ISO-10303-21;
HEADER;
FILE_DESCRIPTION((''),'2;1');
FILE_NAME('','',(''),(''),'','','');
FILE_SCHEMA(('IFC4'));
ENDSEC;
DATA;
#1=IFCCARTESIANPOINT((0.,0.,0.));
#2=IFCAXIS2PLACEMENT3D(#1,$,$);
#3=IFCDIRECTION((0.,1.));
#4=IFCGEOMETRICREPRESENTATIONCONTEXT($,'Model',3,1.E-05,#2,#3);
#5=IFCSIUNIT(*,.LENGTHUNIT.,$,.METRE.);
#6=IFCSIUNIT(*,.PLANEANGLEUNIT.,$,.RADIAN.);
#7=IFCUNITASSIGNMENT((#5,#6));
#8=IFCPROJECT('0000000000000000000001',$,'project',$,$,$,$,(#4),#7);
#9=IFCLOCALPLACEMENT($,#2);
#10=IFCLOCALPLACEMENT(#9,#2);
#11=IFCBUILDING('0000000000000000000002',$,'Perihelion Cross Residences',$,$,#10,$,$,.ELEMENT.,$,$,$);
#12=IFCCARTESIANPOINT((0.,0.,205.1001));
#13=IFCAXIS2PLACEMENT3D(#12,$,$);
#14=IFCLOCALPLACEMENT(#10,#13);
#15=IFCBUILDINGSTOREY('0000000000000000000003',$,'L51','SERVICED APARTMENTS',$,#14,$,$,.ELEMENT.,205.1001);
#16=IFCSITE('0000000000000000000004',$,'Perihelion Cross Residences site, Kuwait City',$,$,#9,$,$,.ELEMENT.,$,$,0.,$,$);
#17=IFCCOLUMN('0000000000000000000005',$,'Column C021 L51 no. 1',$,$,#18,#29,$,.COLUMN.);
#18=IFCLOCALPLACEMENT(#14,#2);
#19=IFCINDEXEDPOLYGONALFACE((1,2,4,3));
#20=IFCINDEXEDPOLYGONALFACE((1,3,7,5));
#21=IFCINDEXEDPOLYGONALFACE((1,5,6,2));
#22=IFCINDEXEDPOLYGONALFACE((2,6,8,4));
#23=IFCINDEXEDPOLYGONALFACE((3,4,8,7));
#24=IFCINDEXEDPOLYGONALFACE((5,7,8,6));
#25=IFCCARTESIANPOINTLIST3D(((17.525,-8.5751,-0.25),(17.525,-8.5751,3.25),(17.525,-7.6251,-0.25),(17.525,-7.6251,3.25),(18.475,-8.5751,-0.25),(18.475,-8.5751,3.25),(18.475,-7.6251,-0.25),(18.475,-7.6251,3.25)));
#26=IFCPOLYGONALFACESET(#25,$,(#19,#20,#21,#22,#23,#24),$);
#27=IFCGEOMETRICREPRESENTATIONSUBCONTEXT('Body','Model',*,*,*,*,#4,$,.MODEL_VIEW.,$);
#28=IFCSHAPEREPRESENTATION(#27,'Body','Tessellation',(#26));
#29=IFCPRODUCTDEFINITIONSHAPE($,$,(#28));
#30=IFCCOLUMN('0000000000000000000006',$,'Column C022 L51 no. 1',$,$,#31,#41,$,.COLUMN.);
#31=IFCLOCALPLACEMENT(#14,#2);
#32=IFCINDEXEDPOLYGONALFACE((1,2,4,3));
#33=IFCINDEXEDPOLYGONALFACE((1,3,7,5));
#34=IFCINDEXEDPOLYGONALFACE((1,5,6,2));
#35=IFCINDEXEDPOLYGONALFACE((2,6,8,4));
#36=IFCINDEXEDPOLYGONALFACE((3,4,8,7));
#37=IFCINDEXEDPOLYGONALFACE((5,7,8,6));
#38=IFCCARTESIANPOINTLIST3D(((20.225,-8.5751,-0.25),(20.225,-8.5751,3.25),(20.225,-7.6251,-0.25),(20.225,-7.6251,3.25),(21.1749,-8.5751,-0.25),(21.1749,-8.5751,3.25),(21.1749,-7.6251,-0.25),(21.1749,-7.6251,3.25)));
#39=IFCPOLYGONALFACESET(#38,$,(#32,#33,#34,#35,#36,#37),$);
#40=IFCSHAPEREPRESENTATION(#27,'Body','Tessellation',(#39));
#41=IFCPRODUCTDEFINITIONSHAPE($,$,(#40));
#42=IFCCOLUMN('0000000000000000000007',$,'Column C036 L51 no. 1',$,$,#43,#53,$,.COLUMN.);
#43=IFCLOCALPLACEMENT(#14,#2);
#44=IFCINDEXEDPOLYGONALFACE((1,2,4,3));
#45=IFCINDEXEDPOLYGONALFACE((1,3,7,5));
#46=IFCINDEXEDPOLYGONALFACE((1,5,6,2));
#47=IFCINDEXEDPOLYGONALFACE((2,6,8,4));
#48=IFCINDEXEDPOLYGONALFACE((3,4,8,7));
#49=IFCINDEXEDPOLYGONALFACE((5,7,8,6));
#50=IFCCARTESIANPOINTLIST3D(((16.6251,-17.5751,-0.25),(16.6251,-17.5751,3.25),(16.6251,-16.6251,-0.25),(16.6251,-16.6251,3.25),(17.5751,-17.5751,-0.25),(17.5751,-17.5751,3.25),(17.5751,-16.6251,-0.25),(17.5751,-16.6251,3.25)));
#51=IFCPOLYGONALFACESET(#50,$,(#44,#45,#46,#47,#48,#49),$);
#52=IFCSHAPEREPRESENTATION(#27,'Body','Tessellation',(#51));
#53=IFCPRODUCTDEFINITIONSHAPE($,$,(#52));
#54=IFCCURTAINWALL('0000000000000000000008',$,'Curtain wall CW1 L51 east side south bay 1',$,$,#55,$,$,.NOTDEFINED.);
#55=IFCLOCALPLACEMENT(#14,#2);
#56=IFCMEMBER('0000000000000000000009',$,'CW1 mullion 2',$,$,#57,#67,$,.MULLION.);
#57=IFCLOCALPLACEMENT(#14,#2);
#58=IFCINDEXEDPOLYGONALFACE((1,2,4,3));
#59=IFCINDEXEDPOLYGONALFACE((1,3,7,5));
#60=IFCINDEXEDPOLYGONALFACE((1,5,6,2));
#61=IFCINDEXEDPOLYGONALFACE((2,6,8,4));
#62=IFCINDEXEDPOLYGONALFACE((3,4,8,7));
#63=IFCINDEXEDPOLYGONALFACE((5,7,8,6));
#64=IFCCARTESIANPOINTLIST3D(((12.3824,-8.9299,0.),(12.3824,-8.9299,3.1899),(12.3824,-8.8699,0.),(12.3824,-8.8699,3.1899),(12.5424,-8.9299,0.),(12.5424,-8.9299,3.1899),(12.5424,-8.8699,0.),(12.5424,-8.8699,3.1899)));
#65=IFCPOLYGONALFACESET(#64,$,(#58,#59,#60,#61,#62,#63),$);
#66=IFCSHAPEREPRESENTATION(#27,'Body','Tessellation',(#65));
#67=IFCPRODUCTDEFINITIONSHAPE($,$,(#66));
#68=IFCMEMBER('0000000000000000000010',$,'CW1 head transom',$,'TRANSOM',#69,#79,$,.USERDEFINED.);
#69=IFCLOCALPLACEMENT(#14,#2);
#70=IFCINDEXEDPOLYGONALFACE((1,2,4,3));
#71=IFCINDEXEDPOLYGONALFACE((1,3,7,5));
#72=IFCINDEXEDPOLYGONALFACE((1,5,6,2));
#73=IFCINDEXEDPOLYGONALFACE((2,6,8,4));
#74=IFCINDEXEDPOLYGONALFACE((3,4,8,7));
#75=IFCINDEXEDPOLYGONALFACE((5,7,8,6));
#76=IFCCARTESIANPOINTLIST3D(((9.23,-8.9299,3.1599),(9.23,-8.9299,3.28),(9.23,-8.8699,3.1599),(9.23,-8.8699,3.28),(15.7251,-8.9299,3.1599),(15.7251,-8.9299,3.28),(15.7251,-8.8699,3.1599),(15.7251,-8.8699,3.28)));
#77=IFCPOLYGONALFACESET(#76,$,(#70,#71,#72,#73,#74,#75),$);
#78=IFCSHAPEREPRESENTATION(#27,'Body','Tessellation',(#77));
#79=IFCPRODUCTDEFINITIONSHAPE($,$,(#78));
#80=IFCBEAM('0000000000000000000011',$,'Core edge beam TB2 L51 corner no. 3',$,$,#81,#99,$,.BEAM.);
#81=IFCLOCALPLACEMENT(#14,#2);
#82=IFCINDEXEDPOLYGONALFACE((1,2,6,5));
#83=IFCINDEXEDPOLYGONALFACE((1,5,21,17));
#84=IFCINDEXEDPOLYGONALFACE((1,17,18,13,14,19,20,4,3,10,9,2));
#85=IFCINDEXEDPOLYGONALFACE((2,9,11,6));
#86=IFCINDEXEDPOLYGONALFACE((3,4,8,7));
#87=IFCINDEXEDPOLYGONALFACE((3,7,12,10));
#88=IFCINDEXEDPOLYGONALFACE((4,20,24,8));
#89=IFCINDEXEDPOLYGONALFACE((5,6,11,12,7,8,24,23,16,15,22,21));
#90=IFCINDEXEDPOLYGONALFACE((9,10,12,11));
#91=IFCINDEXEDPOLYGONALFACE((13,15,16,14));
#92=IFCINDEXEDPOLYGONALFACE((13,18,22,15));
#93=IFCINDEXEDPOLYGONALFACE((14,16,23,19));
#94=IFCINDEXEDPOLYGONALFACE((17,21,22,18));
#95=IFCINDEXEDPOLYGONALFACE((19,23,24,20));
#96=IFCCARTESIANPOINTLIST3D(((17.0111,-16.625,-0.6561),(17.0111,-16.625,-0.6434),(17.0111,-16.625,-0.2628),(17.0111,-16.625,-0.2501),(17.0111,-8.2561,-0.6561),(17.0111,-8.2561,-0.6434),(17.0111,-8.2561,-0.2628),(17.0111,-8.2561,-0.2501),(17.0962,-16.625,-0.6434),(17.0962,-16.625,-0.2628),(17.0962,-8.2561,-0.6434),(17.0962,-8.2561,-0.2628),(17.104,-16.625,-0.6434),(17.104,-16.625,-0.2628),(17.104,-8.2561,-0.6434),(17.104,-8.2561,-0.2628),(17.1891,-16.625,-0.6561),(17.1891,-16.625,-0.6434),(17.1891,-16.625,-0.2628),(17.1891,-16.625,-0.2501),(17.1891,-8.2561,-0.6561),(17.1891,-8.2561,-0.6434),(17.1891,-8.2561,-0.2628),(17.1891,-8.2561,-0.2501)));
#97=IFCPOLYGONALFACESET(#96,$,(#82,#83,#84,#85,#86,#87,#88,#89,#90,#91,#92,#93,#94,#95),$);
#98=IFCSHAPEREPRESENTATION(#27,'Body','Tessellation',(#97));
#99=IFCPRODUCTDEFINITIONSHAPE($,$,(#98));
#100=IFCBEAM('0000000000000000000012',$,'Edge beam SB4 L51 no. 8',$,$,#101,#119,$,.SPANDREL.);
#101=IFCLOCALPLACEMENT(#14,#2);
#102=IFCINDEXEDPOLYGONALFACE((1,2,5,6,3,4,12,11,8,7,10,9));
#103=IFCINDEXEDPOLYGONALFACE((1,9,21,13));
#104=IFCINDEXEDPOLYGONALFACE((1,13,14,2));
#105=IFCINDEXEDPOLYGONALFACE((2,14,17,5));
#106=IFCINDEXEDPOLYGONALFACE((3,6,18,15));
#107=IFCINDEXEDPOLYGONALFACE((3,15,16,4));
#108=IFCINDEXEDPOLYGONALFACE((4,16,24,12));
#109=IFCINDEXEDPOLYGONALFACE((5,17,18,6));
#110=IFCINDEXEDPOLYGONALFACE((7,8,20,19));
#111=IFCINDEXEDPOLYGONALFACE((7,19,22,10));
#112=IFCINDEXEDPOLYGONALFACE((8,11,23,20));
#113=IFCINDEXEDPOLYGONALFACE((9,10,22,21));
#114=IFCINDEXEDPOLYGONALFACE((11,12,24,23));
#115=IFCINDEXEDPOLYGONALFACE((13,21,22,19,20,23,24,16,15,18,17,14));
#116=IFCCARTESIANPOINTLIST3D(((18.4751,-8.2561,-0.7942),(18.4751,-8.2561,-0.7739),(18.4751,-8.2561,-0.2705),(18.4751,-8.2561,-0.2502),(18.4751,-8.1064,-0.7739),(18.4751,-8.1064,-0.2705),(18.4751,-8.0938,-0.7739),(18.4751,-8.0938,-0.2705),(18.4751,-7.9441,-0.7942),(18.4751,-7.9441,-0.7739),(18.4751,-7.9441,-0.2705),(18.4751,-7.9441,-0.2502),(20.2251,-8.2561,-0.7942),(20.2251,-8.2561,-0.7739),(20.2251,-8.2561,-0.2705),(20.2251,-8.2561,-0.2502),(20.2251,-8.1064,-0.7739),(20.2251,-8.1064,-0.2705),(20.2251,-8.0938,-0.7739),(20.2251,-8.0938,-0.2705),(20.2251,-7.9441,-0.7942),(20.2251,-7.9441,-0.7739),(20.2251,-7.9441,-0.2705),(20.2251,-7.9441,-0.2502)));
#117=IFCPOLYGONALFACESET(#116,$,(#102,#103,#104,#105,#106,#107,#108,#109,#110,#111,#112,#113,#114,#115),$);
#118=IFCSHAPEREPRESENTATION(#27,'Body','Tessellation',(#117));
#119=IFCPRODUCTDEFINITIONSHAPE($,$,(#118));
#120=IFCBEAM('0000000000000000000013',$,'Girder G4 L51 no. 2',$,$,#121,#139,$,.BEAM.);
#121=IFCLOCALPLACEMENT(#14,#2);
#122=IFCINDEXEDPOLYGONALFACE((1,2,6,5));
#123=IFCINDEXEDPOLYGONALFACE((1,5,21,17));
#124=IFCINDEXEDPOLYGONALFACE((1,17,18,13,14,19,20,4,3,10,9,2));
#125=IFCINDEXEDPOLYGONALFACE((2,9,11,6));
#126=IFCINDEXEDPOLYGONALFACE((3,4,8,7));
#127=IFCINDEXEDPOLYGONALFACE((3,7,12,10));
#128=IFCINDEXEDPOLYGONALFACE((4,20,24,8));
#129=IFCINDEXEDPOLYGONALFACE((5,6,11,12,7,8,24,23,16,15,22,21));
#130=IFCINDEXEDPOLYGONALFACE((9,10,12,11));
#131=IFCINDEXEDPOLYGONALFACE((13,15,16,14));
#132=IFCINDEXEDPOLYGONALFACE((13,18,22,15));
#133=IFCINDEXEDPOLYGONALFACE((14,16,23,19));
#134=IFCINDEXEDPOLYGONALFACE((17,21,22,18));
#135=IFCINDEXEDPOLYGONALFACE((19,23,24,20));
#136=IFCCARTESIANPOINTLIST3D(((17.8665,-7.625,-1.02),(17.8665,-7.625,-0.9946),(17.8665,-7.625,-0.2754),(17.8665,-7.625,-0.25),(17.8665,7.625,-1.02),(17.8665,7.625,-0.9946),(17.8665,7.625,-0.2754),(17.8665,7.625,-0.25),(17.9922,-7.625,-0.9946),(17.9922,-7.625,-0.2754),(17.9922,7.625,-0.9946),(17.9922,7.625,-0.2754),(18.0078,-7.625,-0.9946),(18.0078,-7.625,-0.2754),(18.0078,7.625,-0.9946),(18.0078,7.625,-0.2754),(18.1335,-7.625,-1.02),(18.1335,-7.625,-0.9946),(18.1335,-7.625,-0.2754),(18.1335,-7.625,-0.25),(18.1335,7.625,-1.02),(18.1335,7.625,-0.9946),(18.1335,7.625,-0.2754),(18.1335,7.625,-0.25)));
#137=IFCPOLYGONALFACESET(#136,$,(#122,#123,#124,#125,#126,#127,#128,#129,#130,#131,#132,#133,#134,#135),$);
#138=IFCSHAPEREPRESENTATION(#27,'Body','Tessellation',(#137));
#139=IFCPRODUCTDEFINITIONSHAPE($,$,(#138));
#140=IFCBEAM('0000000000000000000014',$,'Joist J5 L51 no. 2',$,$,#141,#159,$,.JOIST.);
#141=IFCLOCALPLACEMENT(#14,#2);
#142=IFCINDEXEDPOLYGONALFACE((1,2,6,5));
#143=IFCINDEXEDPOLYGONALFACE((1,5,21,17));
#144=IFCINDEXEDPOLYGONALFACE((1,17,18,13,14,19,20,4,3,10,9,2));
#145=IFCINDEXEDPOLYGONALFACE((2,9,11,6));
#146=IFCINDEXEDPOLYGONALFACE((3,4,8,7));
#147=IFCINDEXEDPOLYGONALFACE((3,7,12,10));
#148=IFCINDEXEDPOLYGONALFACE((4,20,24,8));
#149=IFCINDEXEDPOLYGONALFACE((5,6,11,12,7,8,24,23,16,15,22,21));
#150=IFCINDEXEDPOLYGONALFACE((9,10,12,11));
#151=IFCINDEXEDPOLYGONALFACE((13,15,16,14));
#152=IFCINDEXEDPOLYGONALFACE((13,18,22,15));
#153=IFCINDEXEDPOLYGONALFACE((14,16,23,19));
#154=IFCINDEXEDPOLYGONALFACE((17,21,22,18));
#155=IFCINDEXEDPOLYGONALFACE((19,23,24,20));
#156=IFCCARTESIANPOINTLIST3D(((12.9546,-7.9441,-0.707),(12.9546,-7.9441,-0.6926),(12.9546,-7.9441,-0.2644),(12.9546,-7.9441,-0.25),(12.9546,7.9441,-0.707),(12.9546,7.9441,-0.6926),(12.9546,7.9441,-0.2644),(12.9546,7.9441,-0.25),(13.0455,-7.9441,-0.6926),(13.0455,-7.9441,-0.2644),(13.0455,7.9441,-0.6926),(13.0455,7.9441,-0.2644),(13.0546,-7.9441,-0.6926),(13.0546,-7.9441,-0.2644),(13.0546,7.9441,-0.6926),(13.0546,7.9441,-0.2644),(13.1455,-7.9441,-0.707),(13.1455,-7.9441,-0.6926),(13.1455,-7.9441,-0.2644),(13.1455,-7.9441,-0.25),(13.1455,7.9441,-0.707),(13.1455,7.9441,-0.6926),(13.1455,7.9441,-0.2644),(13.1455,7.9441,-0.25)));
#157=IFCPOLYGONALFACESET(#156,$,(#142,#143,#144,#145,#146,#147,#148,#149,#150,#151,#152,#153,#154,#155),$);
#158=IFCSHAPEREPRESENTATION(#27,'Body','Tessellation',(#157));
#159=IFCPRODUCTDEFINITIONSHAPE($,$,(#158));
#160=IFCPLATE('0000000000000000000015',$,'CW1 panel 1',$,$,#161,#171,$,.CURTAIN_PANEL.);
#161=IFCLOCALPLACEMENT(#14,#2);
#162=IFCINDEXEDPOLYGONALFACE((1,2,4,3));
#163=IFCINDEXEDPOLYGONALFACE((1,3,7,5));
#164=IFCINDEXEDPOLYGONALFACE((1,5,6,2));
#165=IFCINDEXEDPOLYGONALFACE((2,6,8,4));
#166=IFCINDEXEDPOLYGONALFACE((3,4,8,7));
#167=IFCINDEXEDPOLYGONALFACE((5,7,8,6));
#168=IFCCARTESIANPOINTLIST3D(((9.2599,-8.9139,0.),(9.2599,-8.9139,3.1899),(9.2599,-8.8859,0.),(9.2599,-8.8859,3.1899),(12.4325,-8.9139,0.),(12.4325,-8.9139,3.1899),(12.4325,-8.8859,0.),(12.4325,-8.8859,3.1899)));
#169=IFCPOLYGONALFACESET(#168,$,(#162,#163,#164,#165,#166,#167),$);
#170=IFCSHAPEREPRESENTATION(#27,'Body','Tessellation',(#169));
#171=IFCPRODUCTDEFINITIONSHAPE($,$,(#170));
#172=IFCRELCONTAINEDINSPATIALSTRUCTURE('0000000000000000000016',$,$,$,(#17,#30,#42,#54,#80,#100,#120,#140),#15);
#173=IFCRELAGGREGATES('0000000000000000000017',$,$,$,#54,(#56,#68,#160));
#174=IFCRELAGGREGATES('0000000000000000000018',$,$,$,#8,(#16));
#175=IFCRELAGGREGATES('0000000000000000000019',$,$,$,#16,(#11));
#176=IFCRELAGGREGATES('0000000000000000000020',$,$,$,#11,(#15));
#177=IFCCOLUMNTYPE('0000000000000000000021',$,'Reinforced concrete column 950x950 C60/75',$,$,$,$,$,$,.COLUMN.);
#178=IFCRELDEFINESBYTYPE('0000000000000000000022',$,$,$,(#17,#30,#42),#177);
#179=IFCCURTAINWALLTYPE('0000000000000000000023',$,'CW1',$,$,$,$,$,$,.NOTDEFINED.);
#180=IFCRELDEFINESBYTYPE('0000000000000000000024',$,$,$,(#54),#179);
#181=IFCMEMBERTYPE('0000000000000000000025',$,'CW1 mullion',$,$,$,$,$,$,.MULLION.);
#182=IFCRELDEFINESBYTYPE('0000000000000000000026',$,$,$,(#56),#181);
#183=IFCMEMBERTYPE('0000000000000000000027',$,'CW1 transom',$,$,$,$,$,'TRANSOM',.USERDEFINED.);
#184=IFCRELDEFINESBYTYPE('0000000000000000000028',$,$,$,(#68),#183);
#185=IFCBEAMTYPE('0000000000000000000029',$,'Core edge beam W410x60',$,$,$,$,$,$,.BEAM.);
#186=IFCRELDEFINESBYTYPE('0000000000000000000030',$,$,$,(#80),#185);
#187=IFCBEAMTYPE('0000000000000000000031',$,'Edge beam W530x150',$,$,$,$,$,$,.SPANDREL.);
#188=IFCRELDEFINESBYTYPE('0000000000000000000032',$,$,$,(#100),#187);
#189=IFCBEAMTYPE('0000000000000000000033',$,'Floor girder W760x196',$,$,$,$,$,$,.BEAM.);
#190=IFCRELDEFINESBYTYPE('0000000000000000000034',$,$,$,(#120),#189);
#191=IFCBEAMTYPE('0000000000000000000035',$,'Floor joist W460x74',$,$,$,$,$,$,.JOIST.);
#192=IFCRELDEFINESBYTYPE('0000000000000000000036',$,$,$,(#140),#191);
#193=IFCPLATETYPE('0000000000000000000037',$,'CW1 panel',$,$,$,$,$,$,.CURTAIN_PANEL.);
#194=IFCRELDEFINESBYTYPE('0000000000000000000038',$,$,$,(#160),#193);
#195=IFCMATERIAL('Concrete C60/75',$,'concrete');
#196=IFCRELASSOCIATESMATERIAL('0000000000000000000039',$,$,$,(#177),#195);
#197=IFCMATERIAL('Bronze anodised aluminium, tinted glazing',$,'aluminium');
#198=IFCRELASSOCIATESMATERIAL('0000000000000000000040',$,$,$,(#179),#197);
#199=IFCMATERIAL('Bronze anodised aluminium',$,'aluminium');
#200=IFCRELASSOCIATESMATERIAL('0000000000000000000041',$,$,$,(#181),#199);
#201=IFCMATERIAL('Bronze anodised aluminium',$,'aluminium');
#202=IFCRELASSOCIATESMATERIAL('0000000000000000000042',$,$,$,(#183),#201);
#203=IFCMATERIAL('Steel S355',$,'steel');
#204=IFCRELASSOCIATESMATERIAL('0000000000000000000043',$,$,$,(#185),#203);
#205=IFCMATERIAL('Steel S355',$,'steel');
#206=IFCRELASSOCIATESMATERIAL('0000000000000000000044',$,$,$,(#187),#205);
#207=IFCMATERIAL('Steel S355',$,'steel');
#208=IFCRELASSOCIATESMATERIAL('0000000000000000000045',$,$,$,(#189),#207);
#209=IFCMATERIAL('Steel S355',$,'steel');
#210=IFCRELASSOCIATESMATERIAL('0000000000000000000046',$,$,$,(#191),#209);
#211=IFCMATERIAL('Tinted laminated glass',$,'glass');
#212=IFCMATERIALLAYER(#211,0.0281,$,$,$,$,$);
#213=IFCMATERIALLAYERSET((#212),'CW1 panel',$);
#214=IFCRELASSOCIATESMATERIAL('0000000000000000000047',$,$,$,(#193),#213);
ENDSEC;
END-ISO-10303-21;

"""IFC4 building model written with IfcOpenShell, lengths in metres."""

from ifc_helpers import new_model, si_unit, direction, frame, origin, origin_2d, place, context, subcontext, project, spatial, rectangle, i_section, extrude, material, layer, layer_set, material_profile, profile_set, type_object, element, aggregate, save


model = new_model("IFC4")

# Units and contexts
model_context = context("Model", 3, precision=1e-05, world=origin(), true_north=direction((0.0, 1.0)))
body_context = subcontext(model_context, "Body", "Model", "MODEL_VIEW")
ifc_project = project(units=[si_unit("LENGTHUNIT", "METRE"), si_unit("PLANEANGLEUNIT", "RADIAN")], contexts=[model_context])

# Site, building, storey
site_placement = place(None, origin())
site = spatial("IfcSite", under=ifc_project, at=site_placement, Name="Perihelion Cross Residences site, Kuwait City", CompositionType="ELEMENT", RefElevation=0.0)
building_placement = place(site_placement, origin())
building = spatial("IfcBuilding", under=site, at=building_placement, Name="Perihelion Cross Residences", CompositionType="ELEMENT")
storey_placement = place(building_placement, frame((0.0, 0.0, 205.1001)))
storey = spatial("IfcBuildingStorey", under=building, at=storey_placement, Name="L51", Description="SERVICED APARTMENTS", CompositionType="ELEMENT", Elevation=205.1001)

# Columns
ifc_material_1 = material(Name="Concrete C60/75", Category="concrete")
ifc_material_profile_1 = material_profile(ifc_material_1, rectangle(XDim=0.95, YDim=0.95, at=origin_2d()), Name="RC 950x950")
ifc_profile_set_1 = profile_set([ifc_material_profile_1], Name="Concrete C60/75")
column_type = type_object("IfcColumnType", Name="Reinforced concrete column 950x950 C60/75", PredefinedType="COLUMN", material=ifc_profile_set_1)
for number, where, z_axis, x_axis, name in (
    (1, (18.0, -8.1001, -0.25), (0.0, 0.0, 1.0), (1.0, 0.0, 0.0), "Column C021 L51 no. 1"),
    (2, (20.7, -8.1001, -0.25), (0.0, 0.0, 1.0), (1.0, 0.0, 0.0), "Column C022 L51 no. 1"),
    (3, (17.1001, -17.1001, -0.25), (0.0, 0.0, 1.0), (1.0, 0.0, 0.0), "Column C036 L51 no. 1"),
):
    element("IfcColumn", number, at=place(storey_placement, frame(where, z_axis=z_axis, x_axis=x_axis)), inside=storey, type_object=column_type, Name=name, PredefinedType="COLUMN", context=body_context, shape_type="SweptSolid", body=[
        extrude(rectangle(XDim=0.95, YDim=0.95, at=origin_2d()), origin(), (0.0, 0.0, 1.0), 3.5),
    ])

# Curtain wall, members
ifc_material_2 = material(Name="Bronze anodised aluminium, tinted glazing", Category="aluminium")
curtain_wall_type = type_object("IfcCurtainWallType", Name="CW1", PredefinedType="NOTDEFINED", material=ifc_material_2)
curtain_wall_placement = place(storey_placement, origin())
curtain_wall = element("IfcCurtainWall", 4, at=curtain_wall_placement, inside=storey, type_object=curtain_wall_type, Name="Curtain wall CW1 L51 east side south bay 1", PredefinedType="NOTDEFINED")
ifc_material_3 = material(Name="Bronze anodised aluminium", Category="aluminium")
ifc_material_profile_2 = material_profile(ifc_material_3, rectangle(XDim=0.0601, YDim=0.1599, at=origin_2d()), Name="CW1 mullion")
ifc_profile_set_2 = profile_set([ifc_material_profile_2], Name="Bronze anodised aluminium")
member_type_1 = type_object("IfcMemberType", Name="CW1 mullion", PredefinedType="MULLION", material=ifc_profile_set_2)
member_1_placement = place(storey_placement, frame((12.4624, -8.8999, 0.0), z_axis=(0.0, 0.0, 1.0), x_axis=(0.0, 1.0, 0.0)))
member_1 = element("IfcMember", 5, at=member_1_placement, type_object=member_type_1, Name="CW1 mullion 2", PredefinedType="MULLION", context=body_context, shape_type="SweptSolid", body=[
    extrude(rectangle(XDim=0.0601, YDim=0.1599, at=origin_2d()), origin(), (0.0, 0.0, 1.0), 3.1899),
])
ifc_material_4 = material(Name="Bronze anodised aluminium", Category="aluminium")
ifc_material_profile_3 = material_profile(ifc_material_4, rectangle(XDim=0.0601, YDim=0.1201, at=origin_2d()), Name="CW1 transom")
ifc_profile_set_3 = profile_set([ifc_material_profile_3], Name="Bronze anodised aluminium")
member_type_2 = type_object("IfcMemberType", Name="CW1 transom", ElementType="TRANSOM", PredefinedType="USERDEFINED", material=ifc_profile_set_3)
member_2_placement = place(storey_placement, frame((9.23, -8.8999, 3.22), z_axis=(1.0, 0.0, 0.0), x_axis=(0.0, 1.0, 0.0)))
member_2 = element("IfcMember", 6, at=member_2_placement, type_object=member_type_2, Name="CW1 head transom", ObjectType="TRANSOM", PredefinedType="USERDEFINED", context=body_context, shape_type="SweptSolid", body=[
    extrude(rectangle(XDim=0.0601, YDim=0.1201, at=origin_2d()), origin(), (0.0, 0.0, 1.0), 6.4951),
])

# Beams
ifc_material_5 = material(Name="Steel S355", Category="steel")
ifc_material_profile_4 = material_profile(ifc_material_5, i_section(OverallWidth=0.178, OverallDepth=0.406, WebThickness=0.0078, FlangeThickness=0.0127, at=origin_2d()), Name="W410x60")
ifc_profile_set_4 = profile_set([ifc_material_profile_4], Name="Steel S355")
beam_type_1 = type_object("IfcBeamType", Name="Core edge beam W410x60", PredefinedType="BEAM", material=ifc_profile_set_4)
beam_1_placement = place(storey_placement, frame((17.1001, -8.2561, -0.4531), z_axis=(0.0, -1.0, 0.0), x_axis=(1.0, 0.0, 0.0)))
element("IfcBeam", 7, at=beam_1_placement, inside=storey, type_object=beam_type_1, Name="Core edge beam TB2 L51 corner no. 3", PredefinedType="BEAM", context=body_context, shape_type="SweptSolid", body=[
    extrude(i_section(OverallWidth=0.178, OverallDepth=0.406, WebThickness=0.0078, FlangeThickness=0.0127, at=origin_2d()), origin(), (0.0, 0.0, 1.0), 8.3689),
])
ifc_material_6 = material(Name="Steel S355", Category="steel")
ifc_material_profile_5 = material_profile(ifc_material_6, i_section(OverallWidth=0.312, OverallDepth=0.5439, WebThickness=0.0127, FlangeThickness=0.0203, at=origin_2d()), Name="W530x150")
ifc_profile_set_5 = profile_set([ifc_material_profile_5], Name="Steel S355")
beam_type_2 = type_object("IfcBeamType", Name="Edge beam W530x150", PredefinedType="SPANDREL", material=ifc_profile_set_5)
beam_2_placement = place(storey_placement, frame((18.4751, -8.1001, -0.5222), z_axis=(1.0, 0.0, 0.0), x_axis=(0.0, 1.0, 0.0)))
element("IfcBeam", 8, at=beam_2_placement, inside=storey, type_object=beam_type_2, Name="Edge beam SB4 L51 no. 8", PredefinedType="SPANDREL", context=body_context, shape_type="SweptSolid", body=[
    extrude(i_section(OverallWidth=0.312, OverallDepth=0.5439, WebThickness=0.0127, FlangeThickness=0.0203, at=origin_2d()), origin(), (0.0, 0.0, 1.0), 1.75),
])
ifc_material_7 = material(Name="Steel S355", Category="steel")
ifc_material_profile_6 = material_profile(ifc_material_7, i_section(OverallWidth=0.2671, OverallDepth=0.77, WebThickness=0.0156, FlangeThickness=0.0254, at=origin_2d()), Name="W760x196")
ifc_profile_set_6 = profile_set([ifc_material_profile_6], Name="Steel S355")
beam_type_3 = type_object("IfcBeamType", Name="Floor girder W760x196", PredefinedType="BEAM", material=ifc_profile_set_6)
beam_3_placement = place(storey_placement, frame((18.0, -7.625, -0.635), z_axis=(0.0, 1.0, 0.0), x_axis=(-1.0, 0.0, 0.0)))
element("IfcBeam", 9, at=beam_3_placement, inside=storey, type_object=beam_type_3, Name="Girder G4 L51 no. 2", PredefinedType="BEAM", context=body_context, shape_type="SweptSolid", body=[
    extrude(i_section(OverallWidth=0.2671, OverallDepth=0.77, WebThickness=0.0156, FlangeThickness=0.0254, at=origin_2d()), origin(), (0.0, 0.0, 1.0), 15.25),
])
ifc_material_8 = material(Name="Steel S355", Category="steel")
ifc_material_profile_7 = material_profile(ifc_material_8, i_section(OverallWidth=0.1909, OverallDepth=0.457, WebThickness=0.009, FlangeThickness=0.0144, at=origin_2d()), Name="W460x74")
ifc_profile_set_7 = profile_set([ifc_material_profile_7], Name="Steel S355")
beam_type_4 = type_object("IfcBeamType", Name="Floor joist W460x74", PredefinedType="JOIST", material=ifc_profile_set_7)
beam_4_placement = place(storey_placement, frame((13.05, -7.9441, -0.4785), z_axis=(0.0, 1.0, 0.0), x_axis=(-1.0, 0.0, 0.0)))
element("IfcBeam", 10, at=beam_4_placement, inside=storey, type_object=beam_type_4, Name="Joist J5 L51 no. 2", PredefinedType="JOIST", context=body_context, shape_type="SweptSolid", body=[
    extrude(i_section(OverallWidth=0.1909, OverallDepth=0.457, WebThickness=0.009, FlangeThickness=0.0144, at=origin_2d()), origin(), (0.0, 0.0, 1.0), 15.8882),
])

# Plate
ifc_material_9 = material(Name="Tinted laminated glass", Category="glass")
ifc_layer_1 = layer(ifc_material_9, 0.0281)
ifc_layer_set_1 = layer_set([ifc_layer_1], Name="CW1 panel")
plate_type = type_object("IfcPlateType", Name="CW1 panel", PredefinedType="CURTAIN_PANEL", material=ifc_layer_set_1)
plate_1_placement = place(storey_placement, frame((10.8462, -8.8999, 0.0), z_axis=(0.0, 0.0, 1.0), x_axis=(1.0, 0.0, 0.0)))
plate_1 = element("IfcPlate", 11, at=plate_1_placement, type_object=plate_type, Name="CW1 panel 1", PredefinedType="CURTAIN_PANEL", context=body_context, shape_type="SweptSolid", body=[
    extrude(rectangle(XDim=3.1726, YDim=0.0281, at=origin_2d()), origin(), (0.0, 0.0, 1.0), 3.1899),
])
aggregate(curtain_wall, [member_1, member_2, plate_1])

save(model, "model.ifc")
